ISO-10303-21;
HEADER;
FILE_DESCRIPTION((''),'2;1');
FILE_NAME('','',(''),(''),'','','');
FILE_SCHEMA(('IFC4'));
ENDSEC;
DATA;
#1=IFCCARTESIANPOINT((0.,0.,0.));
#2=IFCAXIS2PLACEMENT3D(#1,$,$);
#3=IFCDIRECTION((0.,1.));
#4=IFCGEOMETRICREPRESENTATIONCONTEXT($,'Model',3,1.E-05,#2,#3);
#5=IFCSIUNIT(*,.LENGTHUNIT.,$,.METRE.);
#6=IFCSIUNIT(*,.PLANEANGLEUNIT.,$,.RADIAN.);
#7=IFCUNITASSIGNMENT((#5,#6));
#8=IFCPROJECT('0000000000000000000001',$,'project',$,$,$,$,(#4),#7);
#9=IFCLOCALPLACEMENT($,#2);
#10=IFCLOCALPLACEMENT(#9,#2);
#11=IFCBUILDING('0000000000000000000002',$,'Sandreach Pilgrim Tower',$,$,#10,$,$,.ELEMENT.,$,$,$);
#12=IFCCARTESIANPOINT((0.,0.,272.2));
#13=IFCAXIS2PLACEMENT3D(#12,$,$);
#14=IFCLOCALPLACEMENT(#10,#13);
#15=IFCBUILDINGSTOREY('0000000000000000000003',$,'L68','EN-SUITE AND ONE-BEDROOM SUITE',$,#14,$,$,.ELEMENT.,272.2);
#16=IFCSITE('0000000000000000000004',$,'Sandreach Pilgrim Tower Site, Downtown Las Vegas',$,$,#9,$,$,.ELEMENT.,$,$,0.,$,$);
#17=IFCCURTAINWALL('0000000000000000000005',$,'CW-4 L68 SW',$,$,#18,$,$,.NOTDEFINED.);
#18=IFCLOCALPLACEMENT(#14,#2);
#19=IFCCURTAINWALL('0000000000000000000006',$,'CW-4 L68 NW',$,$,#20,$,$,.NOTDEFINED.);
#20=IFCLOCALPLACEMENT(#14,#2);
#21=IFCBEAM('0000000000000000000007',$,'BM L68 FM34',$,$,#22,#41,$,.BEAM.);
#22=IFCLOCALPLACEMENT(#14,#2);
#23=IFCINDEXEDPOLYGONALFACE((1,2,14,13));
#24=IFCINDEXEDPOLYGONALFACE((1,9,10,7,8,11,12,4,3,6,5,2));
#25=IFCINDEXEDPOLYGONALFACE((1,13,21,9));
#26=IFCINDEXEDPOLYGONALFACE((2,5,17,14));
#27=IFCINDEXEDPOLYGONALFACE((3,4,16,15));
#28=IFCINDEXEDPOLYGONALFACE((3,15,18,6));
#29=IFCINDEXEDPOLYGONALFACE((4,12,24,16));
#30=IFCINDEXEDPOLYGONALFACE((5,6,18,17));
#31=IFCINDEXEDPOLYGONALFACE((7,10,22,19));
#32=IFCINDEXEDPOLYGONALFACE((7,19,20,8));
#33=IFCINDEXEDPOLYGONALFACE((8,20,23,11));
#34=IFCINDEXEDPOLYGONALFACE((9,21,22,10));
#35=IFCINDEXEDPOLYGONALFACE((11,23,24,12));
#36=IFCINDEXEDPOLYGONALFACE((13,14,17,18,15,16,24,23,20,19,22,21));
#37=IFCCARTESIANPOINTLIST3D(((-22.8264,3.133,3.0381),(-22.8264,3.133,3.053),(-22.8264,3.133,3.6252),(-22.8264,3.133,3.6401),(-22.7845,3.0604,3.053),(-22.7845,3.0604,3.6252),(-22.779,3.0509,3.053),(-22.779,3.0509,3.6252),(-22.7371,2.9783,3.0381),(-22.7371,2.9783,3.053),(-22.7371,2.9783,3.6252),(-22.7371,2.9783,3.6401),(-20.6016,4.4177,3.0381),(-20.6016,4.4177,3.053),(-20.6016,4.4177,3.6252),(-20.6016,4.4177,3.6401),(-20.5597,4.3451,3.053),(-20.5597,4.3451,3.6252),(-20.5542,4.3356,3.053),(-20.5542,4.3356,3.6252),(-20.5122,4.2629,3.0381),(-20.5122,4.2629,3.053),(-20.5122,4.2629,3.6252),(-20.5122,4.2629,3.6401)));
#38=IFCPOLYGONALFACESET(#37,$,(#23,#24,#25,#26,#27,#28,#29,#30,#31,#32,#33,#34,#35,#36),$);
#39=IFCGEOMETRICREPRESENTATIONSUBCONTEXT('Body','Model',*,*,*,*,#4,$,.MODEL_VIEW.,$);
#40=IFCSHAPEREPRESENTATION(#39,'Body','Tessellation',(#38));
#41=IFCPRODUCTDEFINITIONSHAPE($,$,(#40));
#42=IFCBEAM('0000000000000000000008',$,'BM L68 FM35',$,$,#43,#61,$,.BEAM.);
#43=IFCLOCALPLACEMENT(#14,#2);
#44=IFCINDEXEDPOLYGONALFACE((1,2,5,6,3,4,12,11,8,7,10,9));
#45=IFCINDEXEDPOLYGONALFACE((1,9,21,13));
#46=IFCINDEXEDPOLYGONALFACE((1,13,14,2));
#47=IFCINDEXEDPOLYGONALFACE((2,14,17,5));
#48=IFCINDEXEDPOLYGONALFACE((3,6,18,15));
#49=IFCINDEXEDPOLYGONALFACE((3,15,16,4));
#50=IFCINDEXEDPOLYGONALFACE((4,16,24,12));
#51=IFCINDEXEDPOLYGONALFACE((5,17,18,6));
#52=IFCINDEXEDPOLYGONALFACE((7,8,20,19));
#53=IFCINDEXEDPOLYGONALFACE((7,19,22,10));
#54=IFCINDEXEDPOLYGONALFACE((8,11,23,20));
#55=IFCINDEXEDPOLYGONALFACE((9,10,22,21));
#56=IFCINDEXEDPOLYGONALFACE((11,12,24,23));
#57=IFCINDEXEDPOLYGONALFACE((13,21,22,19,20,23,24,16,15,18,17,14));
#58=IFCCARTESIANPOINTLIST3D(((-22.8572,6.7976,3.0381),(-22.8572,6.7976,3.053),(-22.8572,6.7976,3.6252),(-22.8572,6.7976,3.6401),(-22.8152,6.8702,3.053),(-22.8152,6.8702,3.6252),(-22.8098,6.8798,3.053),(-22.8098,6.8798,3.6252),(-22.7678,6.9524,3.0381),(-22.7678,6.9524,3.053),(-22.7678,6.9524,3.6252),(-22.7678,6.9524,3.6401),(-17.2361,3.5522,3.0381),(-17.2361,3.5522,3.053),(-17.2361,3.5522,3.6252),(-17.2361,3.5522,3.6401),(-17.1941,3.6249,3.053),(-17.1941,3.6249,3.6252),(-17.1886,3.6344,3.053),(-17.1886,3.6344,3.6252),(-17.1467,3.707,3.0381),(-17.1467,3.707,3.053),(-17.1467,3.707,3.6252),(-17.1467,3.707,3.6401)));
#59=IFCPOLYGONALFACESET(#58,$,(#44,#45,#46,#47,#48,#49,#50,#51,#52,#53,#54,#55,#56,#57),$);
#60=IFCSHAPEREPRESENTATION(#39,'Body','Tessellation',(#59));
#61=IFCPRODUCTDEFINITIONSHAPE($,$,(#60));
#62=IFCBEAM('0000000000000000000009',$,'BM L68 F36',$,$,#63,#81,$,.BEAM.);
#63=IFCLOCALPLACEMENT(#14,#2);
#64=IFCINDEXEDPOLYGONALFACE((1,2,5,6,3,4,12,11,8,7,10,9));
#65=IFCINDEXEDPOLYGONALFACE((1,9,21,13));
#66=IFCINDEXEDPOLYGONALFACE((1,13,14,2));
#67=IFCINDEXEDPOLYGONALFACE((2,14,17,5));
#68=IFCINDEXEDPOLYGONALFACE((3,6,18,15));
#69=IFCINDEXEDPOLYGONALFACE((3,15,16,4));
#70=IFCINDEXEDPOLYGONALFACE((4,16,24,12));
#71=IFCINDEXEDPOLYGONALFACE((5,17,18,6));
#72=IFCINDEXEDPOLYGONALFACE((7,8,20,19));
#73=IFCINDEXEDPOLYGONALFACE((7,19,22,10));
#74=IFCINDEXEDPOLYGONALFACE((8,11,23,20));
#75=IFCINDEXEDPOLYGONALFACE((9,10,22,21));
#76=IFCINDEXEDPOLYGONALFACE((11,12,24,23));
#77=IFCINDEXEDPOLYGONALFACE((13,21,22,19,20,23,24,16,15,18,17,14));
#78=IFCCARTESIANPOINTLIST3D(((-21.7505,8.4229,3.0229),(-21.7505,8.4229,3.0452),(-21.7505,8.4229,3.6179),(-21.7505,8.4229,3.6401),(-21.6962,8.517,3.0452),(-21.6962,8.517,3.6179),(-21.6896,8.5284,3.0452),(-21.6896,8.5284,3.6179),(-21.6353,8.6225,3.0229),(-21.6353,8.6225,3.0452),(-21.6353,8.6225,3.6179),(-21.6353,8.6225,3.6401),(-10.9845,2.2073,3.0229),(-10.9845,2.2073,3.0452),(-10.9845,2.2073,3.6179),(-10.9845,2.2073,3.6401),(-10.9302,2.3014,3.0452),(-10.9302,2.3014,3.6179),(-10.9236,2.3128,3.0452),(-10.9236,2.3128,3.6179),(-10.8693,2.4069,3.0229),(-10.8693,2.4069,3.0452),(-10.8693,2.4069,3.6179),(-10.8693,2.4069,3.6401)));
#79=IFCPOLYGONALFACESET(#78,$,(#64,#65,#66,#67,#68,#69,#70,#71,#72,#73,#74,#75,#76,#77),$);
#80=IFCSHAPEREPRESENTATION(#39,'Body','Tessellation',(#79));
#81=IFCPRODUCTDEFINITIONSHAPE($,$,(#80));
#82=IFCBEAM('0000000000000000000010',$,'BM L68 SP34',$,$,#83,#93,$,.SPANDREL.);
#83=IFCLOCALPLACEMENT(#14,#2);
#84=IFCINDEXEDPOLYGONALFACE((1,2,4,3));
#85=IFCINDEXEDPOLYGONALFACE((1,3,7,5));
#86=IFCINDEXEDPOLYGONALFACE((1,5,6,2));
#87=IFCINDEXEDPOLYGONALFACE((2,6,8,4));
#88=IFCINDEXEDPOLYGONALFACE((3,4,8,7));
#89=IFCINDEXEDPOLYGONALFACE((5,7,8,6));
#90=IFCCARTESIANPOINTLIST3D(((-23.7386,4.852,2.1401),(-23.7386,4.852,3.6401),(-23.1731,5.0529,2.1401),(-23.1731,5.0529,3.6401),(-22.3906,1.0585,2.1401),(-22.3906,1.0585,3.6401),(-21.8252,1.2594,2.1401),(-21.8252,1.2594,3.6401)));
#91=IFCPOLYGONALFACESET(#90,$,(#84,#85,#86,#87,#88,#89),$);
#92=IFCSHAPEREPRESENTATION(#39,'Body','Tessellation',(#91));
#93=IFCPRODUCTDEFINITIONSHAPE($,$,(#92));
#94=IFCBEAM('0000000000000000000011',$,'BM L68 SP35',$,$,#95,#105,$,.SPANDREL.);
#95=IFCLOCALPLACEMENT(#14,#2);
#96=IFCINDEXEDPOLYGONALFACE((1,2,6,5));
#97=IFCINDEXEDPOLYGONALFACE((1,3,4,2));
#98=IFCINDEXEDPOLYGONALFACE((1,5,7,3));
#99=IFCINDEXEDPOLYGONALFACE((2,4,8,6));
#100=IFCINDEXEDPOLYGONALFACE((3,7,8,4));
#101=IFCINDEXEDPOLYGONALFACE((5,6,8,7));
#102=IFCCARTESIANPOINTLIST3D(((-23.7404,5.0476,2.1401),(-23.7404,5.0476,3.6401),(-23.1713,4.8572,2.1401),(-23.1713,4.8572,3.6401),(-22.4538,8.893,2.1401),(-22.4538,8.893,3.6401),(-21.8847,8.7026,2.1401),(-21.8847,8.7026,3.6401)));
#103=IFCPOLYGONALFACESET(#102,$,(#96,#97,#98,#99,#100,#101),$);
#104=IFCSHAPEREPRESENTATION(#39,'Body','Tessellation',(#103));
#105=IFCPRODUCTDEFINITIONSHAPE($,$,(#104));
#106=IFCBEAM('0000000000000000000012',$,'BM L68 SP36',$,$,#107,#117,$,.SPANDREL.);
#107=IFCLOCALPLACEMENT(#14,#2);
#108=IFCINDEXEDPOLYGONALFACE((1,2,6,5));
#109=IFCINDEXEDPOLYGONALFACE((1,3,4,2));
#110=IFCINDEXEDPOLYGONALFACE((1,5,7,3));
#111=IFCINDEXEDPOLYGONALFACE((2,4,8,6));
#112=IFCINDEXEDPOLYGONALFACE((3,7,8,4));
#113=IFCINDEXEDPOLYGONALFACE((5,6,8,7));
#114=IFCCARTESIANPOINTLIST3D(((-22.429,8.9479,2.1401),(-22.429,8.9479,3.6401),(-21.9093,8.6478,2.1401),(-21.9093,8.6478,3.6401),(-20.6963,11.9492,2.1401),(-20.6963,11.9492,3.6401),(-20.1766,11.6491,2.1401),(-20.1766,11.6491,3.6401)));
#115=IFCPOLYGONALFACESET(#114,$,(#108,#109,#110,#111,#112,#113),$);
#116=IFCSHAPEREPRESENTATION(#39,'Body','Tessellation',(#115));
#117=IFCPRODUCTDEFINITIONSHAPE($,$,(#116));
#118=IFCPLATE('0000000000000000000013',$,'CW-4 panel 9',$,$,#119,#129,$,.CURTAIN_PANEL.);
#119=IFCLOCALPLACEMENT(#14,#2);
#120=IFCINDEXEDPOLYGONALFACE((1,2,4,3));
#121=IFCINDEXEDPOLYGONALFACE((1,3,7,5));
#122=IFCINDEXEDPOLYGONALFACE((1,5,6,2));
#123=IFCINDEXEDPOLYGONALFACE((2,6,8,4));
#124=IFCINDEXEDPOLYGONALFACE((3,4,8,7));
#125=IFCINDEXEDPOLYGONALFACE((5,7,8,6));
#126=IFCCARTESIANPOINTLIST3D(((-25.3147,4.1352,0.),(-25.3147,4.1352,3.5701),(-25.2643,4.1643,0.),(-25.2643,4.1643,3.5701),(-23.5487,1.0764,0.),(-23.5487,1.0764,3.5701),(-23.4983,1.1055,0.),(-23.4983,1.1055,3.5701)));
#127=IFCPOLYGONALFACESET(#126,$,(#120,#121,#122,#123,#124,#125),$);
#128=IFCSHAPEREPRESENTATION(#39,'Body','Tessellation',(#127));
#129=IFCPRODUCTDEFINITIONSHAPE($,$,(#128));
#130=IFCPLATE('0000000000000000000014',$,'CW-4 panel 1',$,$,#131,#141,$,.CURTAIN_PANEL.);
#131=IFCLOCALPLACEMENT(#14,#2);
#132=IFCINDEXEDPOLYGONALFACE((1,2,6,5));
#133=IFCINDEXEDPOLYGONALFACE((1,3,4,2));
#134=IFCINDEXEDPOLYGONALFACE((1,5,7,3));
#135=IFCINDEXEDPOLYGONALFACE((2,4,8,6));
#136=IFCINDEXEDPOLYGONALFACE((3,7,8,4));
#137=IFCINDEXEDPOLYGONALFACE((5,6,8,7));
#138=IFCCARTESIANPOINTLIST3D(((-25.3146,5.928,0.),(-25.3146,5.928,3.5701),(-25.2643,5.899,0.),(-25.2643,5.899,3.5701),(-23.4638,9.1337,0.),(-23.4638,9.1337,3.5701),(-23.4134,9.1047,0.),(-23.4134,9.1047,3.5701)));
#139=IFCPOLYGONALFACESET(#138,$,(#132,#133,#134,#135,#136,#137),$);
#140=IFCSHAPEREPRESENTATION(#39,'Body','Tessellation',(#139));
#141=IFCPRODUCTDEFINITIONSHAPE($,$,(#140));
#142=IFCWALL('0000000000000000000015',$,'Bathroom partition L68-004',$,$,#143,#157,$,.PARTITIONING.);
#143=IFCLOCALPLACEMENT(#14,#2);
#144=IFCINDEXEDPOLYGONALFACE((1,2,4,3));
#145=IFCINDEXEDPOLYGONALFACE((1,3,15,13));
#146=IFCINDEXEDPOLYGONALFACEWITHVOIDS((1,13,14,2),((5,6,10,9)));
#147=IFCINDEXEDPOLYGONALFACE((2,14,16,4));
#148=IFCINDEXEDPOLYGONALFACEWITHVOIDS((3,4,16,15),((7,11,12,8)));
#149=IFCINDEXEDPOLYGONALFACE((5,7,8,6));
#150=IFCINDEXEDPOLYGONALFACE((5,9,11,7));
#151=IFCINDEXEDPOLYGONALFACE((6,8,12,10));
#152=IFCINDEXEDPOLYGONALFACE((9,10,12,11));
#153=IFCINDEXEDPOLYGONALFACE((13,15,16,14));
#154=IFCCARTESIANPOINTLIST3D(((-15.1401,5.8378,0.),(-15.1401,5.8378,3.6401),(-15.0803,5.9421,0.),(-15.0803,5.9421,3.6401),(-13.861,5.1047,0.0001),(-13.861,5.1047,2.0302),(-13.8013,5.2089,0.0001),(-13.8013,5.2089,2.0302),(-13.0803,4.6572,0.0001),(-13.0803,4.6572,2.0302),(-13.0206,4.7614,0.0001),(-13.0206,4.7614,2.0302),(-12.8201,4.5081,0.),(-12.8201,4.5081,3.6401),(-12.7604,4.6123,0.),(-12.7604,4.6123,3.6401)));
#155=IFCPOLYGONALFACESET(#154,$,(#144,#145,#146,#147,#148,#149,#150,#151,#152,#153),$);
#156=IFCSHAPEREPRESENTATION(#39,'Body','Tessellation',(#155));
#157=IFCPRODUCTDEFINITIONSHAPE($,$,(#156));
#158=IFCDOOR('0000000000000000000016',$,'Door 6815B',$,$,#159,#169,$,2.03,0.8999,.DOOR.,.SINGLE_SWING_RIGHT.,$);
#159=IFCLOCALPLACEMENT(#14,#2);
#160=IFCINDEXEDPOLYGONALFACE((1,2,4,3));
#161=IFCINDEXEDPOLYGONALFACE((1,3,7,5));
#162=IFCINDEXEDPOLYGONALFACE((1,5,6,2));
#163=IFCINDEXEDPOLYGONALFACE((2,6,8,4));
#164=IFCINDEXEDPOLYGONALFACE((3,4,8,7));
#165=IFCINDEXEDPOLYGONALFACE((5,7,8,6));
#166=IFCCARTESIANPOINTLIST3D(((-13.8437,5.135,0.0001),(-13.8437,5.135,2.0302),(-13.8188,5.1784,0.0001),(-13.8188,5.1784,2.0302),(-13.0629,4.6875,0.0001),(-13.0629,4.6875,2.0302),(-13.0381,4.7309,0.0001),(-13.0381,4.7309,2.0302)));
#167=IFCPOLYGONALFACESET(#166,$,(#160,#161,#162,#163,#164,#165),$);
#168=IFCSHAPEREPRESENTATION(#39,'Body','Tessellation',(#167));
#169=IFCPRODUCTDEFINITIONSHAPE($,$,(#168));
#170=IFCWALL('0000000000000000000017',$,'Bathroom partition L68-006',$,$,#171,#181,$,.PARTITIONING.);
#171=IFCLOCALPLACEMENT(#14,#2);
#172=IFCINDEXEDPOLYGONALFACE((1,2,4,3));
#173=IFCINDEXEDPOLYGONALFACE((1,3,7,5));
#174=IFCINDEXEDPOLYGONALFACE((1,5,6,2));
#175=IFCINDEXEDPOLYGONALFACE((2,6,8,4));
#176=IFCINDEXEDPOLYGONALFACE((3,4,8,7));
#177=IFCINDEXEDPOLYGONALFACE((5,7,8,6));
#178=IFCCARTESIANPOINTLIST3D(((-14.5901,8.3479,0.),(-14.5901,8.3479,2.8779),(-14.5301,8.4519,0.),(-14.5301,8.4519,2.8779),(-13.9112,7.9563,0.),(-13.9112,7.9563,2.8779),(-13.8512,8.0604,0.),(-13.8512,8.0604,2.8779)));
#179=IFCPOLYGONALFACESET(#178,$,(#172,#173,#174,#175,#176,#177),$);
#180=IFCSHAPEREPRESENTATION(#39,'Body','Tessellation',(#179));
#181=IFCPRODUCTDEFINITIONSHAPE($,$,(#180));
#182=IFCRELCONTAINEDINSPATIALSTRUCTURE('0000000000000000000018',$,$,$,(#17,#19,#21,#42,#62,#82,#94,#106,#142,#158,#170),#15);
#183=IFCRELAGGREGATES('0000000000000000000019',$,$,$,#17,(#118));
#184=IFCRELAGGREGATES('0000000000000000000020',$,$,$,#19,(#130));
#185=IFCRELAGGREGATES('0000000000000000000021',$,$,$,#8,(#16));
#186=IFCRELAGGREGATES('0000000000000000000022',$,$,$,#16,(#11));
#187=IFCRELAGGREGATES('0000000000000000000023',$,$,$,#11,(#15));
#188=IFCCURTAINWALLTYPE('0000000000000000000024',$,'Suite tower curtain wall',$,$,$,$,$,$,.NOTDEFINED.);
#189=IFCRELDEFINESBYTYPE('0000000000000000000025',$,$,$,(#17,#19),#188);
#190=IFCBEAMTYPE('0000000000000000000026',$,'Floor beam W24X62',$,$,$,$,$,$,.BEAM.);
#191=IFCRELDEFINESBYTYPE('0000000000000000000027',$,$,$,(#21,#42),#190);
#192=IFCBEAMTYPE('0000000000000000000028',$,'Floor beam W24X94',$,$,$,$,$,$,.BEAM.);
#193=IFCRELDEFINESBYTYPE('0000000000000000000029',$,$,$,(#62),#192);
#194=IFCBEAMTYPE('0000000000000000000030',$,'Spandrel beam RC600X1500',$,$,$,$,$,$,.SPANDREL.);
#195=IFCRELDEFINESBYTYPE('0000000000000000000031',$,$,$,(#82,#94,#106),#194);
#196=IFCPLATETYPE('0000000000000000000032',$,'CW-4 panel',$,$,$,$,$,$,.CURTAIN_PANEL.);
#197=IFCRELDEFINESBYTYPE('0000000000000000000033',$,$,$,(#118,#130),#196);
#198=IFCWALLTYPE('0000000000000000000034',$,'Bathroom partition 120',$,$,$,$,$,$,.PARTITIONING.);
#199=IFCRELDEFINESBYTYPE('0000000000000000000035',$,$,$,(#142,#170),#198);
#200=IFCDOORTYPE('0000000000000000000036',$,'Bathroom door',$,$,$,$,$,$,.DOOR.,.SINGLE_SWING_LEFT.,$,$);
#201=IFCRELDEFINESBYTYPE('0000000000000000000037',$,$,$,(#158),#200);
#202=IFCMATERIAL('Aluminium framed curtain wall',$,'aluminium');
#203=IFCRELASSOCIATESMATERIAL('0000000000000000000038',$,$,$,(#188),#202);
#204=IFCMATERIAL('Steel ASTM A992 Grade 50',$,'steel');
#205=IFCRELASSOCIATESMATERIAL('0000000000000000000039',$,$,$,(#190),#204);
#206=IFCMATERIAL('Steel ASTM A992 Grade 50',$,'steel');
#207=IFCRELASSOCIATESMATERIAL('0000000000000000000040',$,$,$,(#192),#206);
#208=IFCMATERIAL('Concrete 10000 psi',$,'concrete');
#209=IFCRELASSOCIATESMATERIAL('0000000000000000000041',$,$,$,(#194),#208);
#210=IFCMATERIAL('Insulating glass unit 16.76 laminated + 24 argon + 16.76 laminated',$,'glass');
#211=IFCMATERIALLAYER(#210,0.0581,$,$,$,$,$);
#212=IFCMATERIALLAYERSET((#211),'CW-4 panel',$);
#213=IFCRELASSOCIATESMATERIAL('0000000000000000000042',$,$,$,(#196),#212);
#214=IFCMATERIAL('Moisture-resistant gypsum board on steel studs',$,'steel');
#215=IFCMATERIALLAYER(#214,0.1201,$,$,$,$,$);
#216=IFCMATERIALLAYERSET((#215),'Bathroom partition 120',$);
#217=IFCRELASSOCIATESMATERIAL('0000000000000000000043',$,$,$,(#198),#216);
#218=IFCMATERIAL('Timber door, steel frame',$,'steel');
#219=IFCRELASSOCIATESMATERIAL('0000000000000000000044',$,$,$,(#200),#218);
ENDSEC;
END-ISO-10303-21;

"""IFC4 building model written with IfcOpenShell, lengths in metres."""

from ifc_helpers import new_model, si_unit, direction, frame, frame_2d, origin, origin_2d, place, context, subcontext, project, spatial, rectangle, i_section, extrude, material, layer, layer_set, material_profile, profile_set, type_object, element, fill, aggregate, save


model = new_model("IFC4")

# Units and contexts
model_context = context("Model", 3, precision=1e-05, world=origin(), true_north=direction((0.0, 1.0)))
body_context = subcontext(model_context, "Body", "Model", "MODEL_VIEW")
ifc_project = project(units=[si_unit("LENGTHUNIT", "METRE"), si_unit("PLANEANGLEUNIT", "RADIAN")], contexts=[model_context])

# Site, building, storey
site_placement = place(None, origin())
site = spatial("IfcSite", under=ifc_project, at=site_placement, Name="Sandreach Pilgrim Tower Site, Downtown Las Vegas", CompositionType="ELEMENT", RefElevation=0.0)
building_placement = place(site_placement, origin())
building = spatial("IfcBuilding", under=site, at=building_placement, Name="Sandreach Pilgrim Tower", CompositionType="ELEMENT")
storey_placement = place(building_placement, frame((0.0, 0.0, 272.2)))
storey = spatial("IfcBuildingStorey", under=building, at=storey_placement, Name="L68", Description="EN-SUITE AND ONE-BEDROOM SUITE", CompositionType="ELEMENT", Elevation=272.2)

# Curtain walls
ifc_material_1 = material(Name="Aluminium framed curtain wall", Category="aluminium")
curtain_wall_type = type_object("IfcCurtainWallType", Name="Suite tower curtain wall", PredefinedType="NOTDEFINED", material=ifc_material_1)
curtain_wall_1_placement = place(storey_placement, origin())
curtain_wall_1 = element("IfcCurtainWall", 1, at=curtain_wall_1_placement, inside=storey, type_object=curtain_wall_type, Name="CW-4 L68 SW", PredefinedType="NOTDEFINED")
curtain_wall_2_placement = place(storey_placement, origin())
curtain_wall_2 = element("IfcCurtainWall", 2, at=curtain_wall_2_placement, inside=storey, type_object=curtain_wall_type, Name="CW-4 L68 NW", PredefinedType="NOTDEFINED")

# Beams
ifc_material_2 = material(Name="Steel ASTM A992 Grade 50", Category="steel")
ifc_material_profile_1 = material_profile(ifc_material_2, i_section(OverallWidth=0.1787, OverallDepth=0.6021, WebThickness=0.011, FlangeThickness=0.0149, at=origin_2d()), Name="W24X62")
ifc_profile_set_1 = profile_set([ifc_material_profile_1], Name="Steel ASTM A992 Grade 50")
beam_type_1 = type_object("IfcBeamType", Name="Floor beam W24X62", PredefinedType="BEAM", material=ifc_profile_set_1)
beam_1_placement = place(storey_placement, frame((-22.7817, 3.0557, 3.3391), z_axis=(0.866, 0.500043, 0.0), x_axis=(-0.500043, 0.866, 0.0)))
element("IfcBeam", 3, at=beam_1_placement, inside=storey, type_object=beam_type_1, Name="BM L68 FM34", PredefinedType="BEAM", context=body_context, shape_type="SweptSolid", body=[
    extrude(i_section(OverallWidth=0.1787, OverallDepth=0.6021, WebThickness=0.011, FlangeThickness=0.0149, at=origin_2d()), origin(), (0.0, 0.0, 1.0), 2.5691),
])
beam_2_placement = place(storey_placement, frame((-22.8125, 6.875, 3.3391), z_axis=(0.866024, -0.500002, 0.0), x_axis=(0.500002, 0.866024, 0.0)))
element("IfcBeam", 4, at=beam_2_placement, inside=storey, type_object=beam_type_1, Name="BM L68 FM35", PredefinedType="BEAM", context=body_context, shape_type="SweptSolid", body=[
    extrude(i_section(OverallWidth=0.1787, OverallDepth=0.6021, WebThickness=0.011, FlangeThickness=0.0149, at=origin_2d()), origin(), (0.0, 0.0, 1.0), 6.4907),
])
ifc_material_3 = material(Name="Steel ASTM A992 Grade 50", Category="steel")
ifc_material_profile_2 = material_profile(ifc_material_3, i_section(OverallWidth=0.2305, OverallDepth=0.6172, WebThickness=0.0132, FlangeThickness=0.0222, at=origin_2d()), Name="W24X94")
ifc_profile_set_2 = profile_set([ifc_material_profile_2], Name="Steel ASTM A992 Grade 50")
beam_type_2 = type_object("IfcBeamType", Name="Floor beam W24X94", PredefinedType="BEAM", material=ifc_profile_set_2)
beam_3_placement = place(storey_placement, frame((-21.6929, 8.5227, 3.3315), z_axis=(0.866029, -0.499994, 0.0), x_axis=(0.499994, 0.866029, 0.0)))
element("IfcBeam", 5, at=beam_3_placement, inside=storey, type_object=beam_type_2, Name="BM L68 F36", PredefinedType="BEAM", context=body_context, shape_type="SweptSolid", body=[
    extrude(i_section(OverallWidth=0.2305, OverallDepth=0.6172, WebThickness=0.0132, FlangeThickness=0.0222, at=origin_2d()), origin(), (0.0, 0.0, 1.0), 12.4314),
])
ifc_material_4 = material(Name="Concrete 10000 psi", Category="concrete")
ifc_material_profile_3 = material_profile(ifc_material_4, rectangle(XDim=0.6001, YDim=1.5, at=origin_2d()), Name="RC600X1500")
ifc_profile_set_3 = profile_set([ifc_material_profile_3], Name="Concrete 10000 psi")
beam_type_3 = type_object("IfcBeamType", Name="Spandrel beam RC600X1500", PredefinedType="SPANDREL", material=ifc_profile_set_3)
beam_4_placement = place(storey_placement, frame((-22.1079, 1.1589, 2.8901), z_axis=(-0.334815, 0.942284, 0.0), x_axis=(-0.942284, -0.334815, 0.0)))
element("IfcBeam", 6, at=beam_4_placement, inside=storey, type_object=beam_type_3, Name="BM L68 SP34", PredefinedType="SPANDREL", context=body_context, shape_type="SweptSolid", body=[
    extrude(rectangle(XDim=0.6001, YDim=1.5, at=origin_2d()), origin(), (0.0, 0.0, 1.0), 4.0259),
])
beam_5_placement = place(storey_placement, frame((-23.4558, 4.9524, 2.8901), z_axis=(0.317293, 0.948327, 0.0), x_axis=(-0.948327, 0.317293, 0.0)))
element("IfcBeam", 7, at=beam_5_placement, inside=storey, type_object=beam_type_3, Name="BM L68 SP35", PredefinedType="SPANDREL", context=body_context, shape_type="SweptSolid", body=[
    extrude(rectangle(XDim=0.6001, YDim=1.5, at=origin_2d()), origin(), (0.0, 0.0, 1.0), 4.0549),
])
beam_6_placement = place(storey_placement, frame((-22.1692, 8.7979, 2.8901), z_axis=(0.499981, 0.866037, 0.0), x_axis=(-0.866037, 0.499981, 0.0)))
element("IfcBeam", 8, at=beam_6_placement, inside=storey, type_object=beam_type_3, Name="BM L68 SP36", PredefinedType="SPANDREL", context=body_context, shape_type="SweptSolid", body=[
    extrude(rectangle(XDim=0.6001, YDim=1.5, at=origin_2d()), origin(), (0.0, 0.0, 1.0), 3.4656),
])

# Plates
ifc_material_5 = material(Name="Insulating glass unit 16.76 laminated + 24 argon + 16.76 laminated", Category="glass")
ifc_layer_1 = layer(ifc_material_5, 0.0581)
ifc_layer_set_1 = layer_set([ifc_layer_1], Name="CW-4 panel")
plate_type = type_object("IfcPlateType", Name="CW-4 panel", PredefinedType="CURTAIN_PANEL", material=ifc_layer_set_1)
plate_1_placement = place(storey_placement, frame((-24.4065, 2.6204, 0.0), z_axis=(0.0, 0.0, 1.0), x_axis=(-0.5, 0.866025, 0.0)))
plate_1 = element("IfcPlate", 9, at=plate_1_placement, type_object=plate_type, Name="CW-4 panel 9", PredefinedType="CURTAIN_PANEL", context=body_context, shape_type="SweptSolid", body=[
    extrude(rectangle(XDim=3.532, YDim=0.0581, at=origin_2d()), origin(), (0.0, 0.0, 1.0), 3.5701),
])
aggregate(curtain_wall_1, [plate_1])
plate_2_placement = place(storey_placement, frame((-24.364, 7.5164, 0.0), z_axis=(0.0, 0.0, 1.0), x_axis=(0.5, 0.866025, 0.0)))
plate_2 = element("IfcPlate", 10, at=plate_2_placement, type_object=plate_type, Name="CW-4 panel 1", PredefinedType="CURTAIN_PANEL", context=body_context, shape_type="SweptSolid", body=[
    extrude(rectangle(XDim=3.7017, YDim=0.0581, at=origin_2d()), origin(), (0.0, 0.0, 1.0), 3.5701),
])
aggregate(curtain_wall_2, [plate_2])

# Wall, opening, door
ifc_material_6 = material(Name="Moisture-resistant gypsum board on steel studs", Category="steel")
ifc_layer_2 = layer(ifc_material_6, 0.1201)
ifc_layer_set_2 = layer_set([ifc_layer_2], Name="Bathroom partition 120")
wall_type_1 = type_object("IfcWallType", Name="Bathroom partition 120", PredefinedType="PARTITIONING", material=ifc_layer_set_2)
wall_1_placement = place(storey_placement, frame((-15.1101, 5.8899, 0.0), z_axis=(0.0, 0.0, 1.0), x_axis=(0.867585, -0.497289, 0.0)))
wall_1 = element("IfcWall", 11, at=wall_1_placement, inside=storey, type_object=wall_type_1, Name="Bathroom partition L68-004", PredefinedType="PARTITIONING", context=body_context, shape_type="SweptSolid", body=[
    extrude(rectangle(XDim=2.6741, YDim=0.1201, at=frame_2d((1.3369, 0.0))), origin(), (0.0, 0.0, 1.0), 3.6401),
])
opening_1_placement = place(wall_1_placement, frame((1.4741, 0.0, 0.0)))
opening_1 = element("IfcOpeningElement", 12, at=opening_1_placement, cuts=wall_1, PredefinedType="OPENING", context=body_context, shape_type="SweptSolid", body=[
    extrude(rectangle(XDim=0.8999, YDim=2.03, at=frame_2d((0.45, 1.0151))), frame((0.0, 0.0601, 0.0), z_axis=(0.0, -1.0, 0.0), x_axis=(1.0, 0.0, 0.0)), (0.0, 0.0, 1.0), 0.1201),
])
ifc_material_7 = material(Name="Timber door, steel frame", Category="steel")
door_type_1 = type_object("IfcDoorType", Name="Bathroom door", OperationType="SINGLE_SWING_LEFT", PredefinedType="DOOR", material=ifc_material_7)
door_1_placement = place(opening_1_placement, origin())
door_1 = element("IfcDoor", 13, at=door_1_placement, inside=storey, type_object=door_type_1, Name="Door 6815B", OperationType="SINGLE_SWING_RIGHT", OverallHeight=2.03, OverallWidth=0.8999, PredefinedType="DOOR", context=body_context, shape_type="SweptSolid", body=[
    extrude(rectangle(XDim=0.8999, YDim=2.03, at=frame_2d((0.45, 1.0151))), frame((0.0, 0.0249, 0.0), z_axis=(0.0, -1.0, 0.0), x_axis=(1.0, 0.0, 0.0)), (0.0, 0.0, 1.0), 0.05),
])
fill(opening_1, door_1)

# Wall
wall_2_placement = place(storey_placement, frame((-14.5601, 8.3999, 0.0), z_axis=(0.0, 0.0, 1.0), x_axis=(0.866243, -0.499624, 0.0)))
element("IfcWall", 14, at=wall_2_placement, inside=storey, type_object=wall_type_1, Name="Bathroom partition L68-006", PredefinedType="PARTITIONING", context=body_context, shape_type="SweptSolid", body=[
    extrude(rectangle(XDim=0.7837, YDim=0.1201, at=frame_2d((0.3918, 0.0))), origin(), (0.0, 0.0, 1.0), 2.8779),
])

save(model, "model.ifc")
